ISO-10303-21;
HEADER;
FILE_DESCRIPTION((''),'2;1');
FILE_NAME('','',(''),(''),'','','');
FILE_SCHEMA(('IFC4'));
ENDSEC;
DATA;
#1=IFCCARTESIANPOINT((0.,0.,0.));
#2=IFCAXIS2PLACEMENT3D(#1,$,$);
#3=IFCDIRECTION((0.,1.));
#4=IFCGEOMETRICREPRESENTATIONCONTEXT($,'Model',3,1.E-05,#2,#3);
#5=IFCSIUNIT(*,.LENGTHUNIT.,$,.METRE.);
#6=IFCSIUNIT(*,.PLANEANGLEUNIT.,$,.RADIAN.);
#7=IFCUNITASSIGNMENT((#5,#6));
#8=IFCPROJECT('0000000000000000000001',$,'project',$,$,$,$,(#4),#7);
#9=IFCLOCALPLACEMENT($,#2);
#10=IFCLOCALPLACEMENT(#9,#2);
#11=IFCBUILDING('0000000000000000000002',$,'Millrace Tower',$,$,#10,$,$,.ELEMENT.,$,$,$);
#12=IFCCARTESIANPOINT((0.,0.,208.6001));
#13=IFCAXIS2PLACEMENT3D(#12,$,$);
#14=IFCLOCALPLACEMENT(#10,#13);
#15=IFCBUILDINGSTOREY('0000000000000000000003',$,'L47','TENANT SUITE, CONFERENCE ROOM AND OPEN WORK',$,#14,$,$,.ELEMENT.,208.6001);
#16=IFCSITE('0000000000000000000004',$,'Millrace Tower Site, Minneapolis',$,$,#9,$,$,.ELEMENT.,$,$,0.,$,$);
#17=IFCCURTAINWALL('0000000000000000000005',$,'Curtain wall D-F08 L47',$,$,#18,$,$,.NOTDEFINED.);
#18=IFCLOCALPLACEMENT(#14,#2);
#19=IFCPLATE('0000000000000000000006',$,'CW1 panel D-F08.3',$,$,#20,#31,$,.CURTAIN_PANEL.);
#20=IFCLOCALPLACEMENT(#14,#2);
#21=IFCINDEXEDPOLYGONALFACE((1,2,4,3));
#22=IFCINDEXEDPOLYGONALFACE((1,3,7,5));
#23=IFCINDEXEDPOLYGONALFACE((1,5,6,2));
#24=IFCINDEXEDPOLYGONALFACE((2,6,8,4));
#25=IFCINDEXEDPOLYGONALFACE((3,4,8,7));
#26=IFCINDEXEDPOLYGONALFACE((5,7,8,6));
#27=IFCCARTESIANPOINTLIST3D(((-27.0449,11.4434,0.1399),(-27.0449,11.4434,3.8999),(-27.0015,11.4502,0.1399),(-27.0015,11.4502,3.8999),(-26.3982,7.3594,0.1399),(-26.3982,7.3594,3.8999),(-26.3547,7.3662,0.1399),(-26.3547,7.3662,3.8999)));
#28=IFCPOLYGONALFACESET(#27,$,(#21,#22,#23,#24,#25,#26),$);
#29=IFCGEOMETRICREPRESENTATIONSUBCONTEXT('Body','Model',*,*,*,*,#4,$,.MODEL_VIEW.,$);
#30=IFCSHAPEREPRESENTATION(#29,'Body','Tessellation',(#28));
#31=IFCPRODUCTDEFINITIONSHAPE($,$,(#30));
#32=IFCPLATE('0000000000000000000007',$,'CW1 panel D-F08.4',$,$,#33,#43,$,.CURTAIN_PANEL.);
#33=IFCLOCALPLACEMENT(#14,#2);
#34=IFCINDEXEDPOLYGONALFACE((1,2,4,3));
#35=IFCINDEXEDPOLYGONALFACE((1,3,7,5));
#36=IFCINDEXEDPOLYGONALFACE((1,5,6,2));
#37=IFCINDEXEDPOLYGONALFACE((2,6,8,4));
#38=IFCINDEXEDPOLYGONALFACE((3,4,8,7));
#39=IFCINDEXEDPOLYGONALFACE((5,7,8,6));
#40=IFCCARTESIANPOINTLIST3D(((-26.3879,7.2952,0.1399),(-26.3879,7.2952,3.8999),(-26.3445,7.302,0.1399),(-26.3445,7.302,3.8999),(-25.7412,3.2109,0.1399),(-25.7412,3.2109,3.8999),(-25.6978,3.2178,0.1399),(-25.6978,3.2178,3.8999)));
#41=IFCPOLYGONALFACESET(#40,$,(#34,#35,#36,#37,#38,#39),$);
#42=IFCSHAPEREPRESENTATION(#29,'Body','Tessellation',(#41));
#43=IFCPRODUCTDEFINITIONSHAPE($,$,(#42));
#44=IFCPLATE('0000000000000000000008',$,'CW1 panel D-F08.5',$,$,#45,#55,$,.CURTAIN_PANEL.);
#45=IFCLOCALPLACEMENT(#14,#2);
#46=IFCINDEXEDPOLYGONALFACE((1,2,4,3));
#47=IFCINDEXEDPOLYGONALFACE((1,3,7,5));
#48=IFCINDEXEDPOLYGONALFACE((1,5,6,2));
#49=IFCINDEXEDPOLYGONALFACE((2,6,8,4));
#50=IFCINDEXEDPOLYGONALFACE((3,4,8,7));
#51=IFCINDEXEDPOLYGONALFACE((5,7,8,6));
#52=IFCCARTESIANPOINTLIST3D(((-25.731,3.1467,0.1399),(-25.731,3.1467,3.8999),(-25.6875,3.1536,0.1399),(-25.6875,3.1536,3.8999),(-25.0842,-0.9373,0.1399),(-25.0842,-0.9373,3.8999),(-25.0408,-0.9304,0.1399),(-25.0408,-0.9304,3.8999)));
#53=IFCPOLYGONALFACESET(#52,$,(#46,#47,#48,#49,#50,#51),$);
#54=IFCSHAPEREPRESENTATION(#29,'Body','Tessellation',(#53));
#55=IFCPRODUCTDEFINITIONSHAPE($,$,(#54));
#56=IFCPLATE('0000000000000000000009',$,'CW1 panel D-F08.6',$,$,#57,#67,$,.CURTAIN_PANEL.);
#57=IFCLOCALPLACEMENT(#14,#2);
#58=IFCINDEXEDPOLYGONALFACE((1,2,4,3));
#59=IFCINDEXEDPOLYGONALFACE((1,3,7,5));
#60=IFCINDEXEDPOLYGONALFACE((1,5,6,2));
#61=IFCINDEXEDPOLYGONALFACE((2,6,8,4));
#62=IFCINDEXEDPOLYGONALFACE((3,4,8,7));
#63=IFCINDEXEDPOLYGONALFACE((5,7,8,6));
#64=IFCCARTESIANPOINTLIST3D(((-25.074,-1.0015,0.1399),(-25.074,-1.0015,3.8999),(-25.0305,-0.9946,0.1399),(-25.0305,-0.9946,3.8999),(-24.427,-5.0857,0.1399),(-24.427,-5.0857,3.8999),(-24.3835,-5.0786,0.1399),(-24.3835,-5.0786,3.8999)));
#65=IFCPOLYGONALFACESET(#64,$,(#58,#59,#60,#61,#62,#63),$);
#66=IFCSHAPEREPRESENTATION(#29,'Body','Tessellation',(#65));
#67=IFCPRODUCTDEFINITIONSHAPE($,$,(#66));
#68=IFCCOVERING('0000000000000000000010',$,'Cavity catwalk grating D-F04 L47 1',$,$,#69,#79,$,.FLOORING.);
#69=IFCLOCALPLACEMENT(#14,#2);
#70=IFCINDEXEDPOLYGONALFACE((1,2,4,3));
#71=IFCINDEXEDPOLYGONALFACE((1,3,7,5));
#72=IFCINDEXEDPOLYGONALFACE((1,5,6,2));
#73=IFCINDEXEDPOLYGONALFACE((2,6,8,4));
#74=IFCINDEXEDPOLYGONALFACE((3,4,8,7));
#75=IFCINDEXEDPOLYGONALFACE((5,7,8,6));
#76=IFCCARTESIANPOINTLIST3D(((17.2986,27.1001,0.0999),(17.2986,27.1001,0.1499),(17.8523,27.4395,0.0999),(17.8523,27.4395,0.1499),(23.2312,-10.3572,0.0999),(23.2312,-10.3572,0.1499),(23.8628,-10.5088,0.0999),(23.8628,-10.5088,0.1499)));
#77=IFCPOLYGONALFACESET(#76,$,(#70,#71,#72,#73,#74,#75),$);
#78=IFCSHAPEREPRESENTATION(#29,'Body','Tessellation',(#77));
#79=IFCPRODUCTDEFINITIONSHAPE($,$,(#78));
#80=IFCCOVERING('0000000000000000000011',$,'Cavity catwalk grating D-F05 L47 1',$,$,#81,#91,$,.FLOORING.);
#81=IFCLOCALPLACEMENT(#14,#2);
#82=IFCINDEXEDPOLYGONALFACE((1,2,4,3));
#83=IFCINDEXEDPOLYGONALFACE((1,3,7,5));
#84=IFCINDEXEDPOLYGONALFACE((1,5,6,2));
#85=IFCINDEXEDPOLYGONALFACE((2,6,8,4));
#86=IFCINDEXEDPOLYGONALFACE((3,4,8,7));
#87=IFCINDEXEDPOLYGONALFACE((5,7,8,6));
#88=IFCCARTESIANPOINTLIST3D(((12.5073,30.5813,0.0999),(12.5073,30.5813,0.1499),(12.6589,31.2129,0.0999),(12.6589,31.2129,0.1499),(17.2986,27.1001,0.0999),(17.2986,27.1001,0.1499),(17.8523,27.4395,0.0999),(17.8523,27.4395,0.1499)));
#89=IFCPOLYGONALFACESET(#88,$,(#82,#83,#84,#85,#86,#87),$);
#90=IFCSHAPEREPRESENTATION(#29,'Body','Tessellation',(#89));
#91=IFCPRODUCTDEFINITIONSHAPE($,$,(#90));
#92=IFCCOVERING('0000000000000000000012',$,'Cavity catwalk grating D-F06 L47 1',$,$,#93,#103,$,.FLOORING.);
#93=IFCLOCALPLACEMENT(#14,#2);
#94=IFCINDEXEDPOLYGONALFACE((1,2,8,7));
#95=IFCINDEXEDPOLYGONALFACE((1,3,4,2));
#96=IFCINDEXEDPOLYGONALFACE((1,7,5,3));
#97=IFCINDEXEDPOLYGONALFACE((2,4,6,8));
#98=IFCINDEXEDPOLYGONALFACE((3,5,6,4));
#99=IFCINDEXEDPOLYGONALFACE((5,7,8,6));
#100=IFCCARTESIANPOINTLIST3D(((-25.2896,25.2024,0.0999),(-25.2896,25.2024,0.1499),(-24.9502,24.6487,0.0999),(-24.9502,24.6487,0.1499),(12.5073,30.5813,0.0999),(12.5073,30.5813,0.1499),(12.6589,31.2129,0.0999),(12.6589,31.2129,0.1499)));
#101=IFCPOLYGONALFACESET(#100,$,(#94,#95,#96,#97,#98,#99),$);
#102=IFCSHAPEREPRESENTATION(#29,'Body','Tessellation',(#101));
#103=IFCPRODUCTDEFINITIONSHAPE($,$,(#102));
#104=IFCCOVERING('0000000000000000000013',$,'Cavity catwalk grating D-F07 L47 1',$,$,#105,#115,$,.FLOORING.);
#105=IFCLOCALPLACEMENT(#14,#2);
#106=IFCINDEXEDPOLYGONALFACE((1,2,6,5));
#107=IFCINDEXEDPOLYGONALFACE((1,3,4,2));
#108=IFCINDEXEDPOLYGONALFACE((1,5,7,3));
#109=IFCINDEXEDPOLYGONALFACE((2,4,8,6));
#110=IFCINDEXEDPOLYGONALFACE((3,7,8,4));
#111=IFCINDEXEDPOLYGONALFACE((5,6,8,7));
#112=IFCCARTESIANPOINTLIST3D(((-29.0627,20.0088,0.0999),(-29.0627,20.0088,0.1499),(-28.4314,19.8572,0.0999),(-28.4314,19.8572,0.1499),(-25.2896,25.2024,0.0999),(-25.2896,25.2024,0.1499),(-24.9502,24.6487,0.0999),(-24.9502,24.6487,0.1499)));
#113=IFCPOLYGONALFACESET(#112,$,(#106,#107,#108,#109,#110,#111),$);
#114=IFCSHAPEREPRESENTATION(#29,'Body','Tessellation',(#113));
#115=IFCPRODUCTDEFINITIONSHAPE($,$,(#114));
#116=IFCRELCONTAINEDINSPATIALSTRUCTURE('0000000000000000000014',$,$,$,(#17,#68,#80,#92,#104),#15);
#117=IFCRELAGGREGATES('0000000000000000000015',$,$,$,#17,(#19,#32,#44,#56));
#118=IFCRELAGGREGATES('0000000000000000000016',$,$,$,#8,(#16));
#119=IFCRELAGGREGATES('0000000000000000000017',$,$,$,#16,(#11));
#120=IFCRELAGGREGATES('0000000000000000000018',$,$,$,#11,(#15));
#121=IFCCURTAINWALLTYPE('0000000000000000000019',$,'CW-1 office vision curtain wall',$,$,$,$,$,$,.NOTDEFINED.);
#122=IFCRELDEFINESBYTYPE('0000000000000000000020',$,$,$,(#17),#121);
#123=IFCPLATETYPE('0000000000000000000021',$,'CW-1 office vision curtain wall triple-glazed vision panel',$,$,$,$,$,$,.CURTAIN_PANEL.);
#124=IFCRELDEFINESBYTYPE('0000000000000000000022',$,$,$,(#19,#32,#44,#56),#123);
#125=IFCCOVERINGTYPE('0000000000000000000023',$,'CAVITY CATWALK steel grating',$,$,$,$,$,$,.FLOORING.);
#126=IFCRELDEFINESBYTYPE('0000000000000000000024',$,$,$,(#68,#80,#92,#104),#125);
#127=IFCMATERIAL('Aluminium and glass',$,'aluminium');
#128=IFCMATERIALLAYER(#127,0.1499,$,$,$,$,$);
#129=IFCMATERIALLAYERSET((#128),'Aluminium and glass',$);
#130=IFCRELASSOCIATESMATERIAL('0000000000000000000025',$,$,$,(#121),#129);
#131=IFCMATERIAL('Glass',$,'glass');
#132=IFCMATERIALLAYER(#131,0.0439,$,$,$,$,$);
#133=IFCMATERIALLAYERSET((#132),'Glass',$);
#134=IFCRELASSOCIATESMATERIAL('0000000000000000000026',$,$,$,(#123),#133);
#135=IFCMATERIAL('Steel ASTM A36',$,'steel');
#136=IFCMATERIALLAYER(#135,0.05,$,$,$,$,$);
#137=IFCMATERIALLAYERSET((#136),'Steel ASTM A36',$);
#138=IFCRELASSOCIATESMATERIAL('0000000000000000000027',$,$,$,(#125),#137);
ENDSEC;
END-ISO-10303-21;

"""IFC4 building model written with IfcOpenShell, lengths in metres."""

from ifc_helpers import new_model, si_unit, direction, frame, origin, place, context, subcontext, project, spatial, polyline, outline, extrude, material, layer, layer_set, type_object, element, aggregate, save


model = new_model("IFC4")

# Units and contexts
model_context = context("Model", 3, precision=1e-05, world=origin(), true_north=direction((0.0, 1.0)))
body_context = subcontext(model_context, "Body", "Model", "MODEL_VIEW")
ifc_project = project(units=[si_unit("LENGTHUNIT", "METRE"), si_unit("PLANEANGLEUNIT", "RADIAN")], contexts=[model_context])

# Site, building, storey
site_placement = place(None, origin())
site = spatial("IfcSite", under=ifc_project, at=site_placement, Name="Millrace Tower Site, Minneapolis", CompositionType="ELEMENT", RefElevation=0.0)
building_placement = place(site_placement, origin())
building = spatial("IfcBuilding", under=site, at=building_placement, Name="Millrace Tower", CompositionType="ELEMENT")
storey_placement = place(building_placement, frame((0.0, 0.0, 208.6001)))
storey = spatial("IfcBuildingStorey", under=building, at=storey_placement, Name="L47", Description="TENANT SUITE, CONFERENCE ROOM AND OPEN WORK", CompositionType="ELEMENT", Elevation=208.6001)

# Shared definitions
ifc_material_1 = material(Name="Aluminium and glass", Category="aluminium")
ifc_layer_1 = layer(ifc_material_1, 0.1499)
ifc_layer_set_1 = layer_set([ifc_layer_1], Name="Aluminium and glass")
curtain_wall_type = type_object("IfcCurtainWallType", Name="CW-1 office vision curtain wall", PredefinedType="NOTDEFINED", material=ifc_layer_set_1)
placement_1 = place(storey_placement, origin())
ifc_material_2 = material(Name="Glass", Category="glass")
ifc_layer_2 = layer(ifc_material_2, 0.0439)
ifc_layer_set_2 = layer_set([ifc_layer_2], Name="Glass")
plate_type = type_object("IfcPlateType", Name="CW-1 office vision curtain wall triple-glazed vision panel", PredefinedType="CURTAIN_PANEL", material=ifc_layer_set_2)
placement_2 = place(storey_placement, frame((0.0, 0.0, 0.1399)))

# Curtain wall, plates
curtain_wall_1 = element("IfcCurtainWall", 1, at=placement_1, inside=storey, type_object=curtain_wall_type, Name="Curtain wall D-F08 L47", PredefinedType="NOTDEFINED")
plate_1 = element("IfcPlate", 2, at=placement_2, type_object=plate_type, Name="CW1 panel D-F08.3", PredefinedType="CURTAIN_PANEL", context=body_context, shape_type="SweptSolid", body=[
    extrude(outline(polyline([(-27.0449, 11.4434), (-26.3982, 7.3594), (-26.3547, 7.3662), (-27.0015, 11.4502), (-27.0449, 11.4434)])), origin(), (0.0, 0.0, 1.0), 3.76),
])
plate_2 = element("IfcPlate", 3, at=placement_2, type_object=plate_type, Name="CW1 panel D-F08.4", PredefinedType="CURTAIN_PANEL", context=body_context, shape_type="SweptSolid", body=[
    extrude(outline(polyline([(-26.3879, 7.2952), (-25.7412, 3.2109), (-25.6978, 3.2178), (-26.3445, 7.302), (-26.3879, 7.2952)])), origin(), (0.0, 0.0, 1.0), 3.76),
])
plate_3 = element("IfcPlate", 4, at=placement_2, type_object=plate_type, Name="CW1 panel D-F08.5", PredefinedType="CURTAIN_PANEL", context=body_context, shape_type="SweptSolid", body=[
    extrude(outline(polyline([(-25.731, 3.1467), (-25.0842, -0.9373), (-25.0408, -0.9304), (-25.6875, 3.1536), (-25.731, 3.1467)])), origin(), (0.0, 0.0, 1.0), 3.76),
])
plate_4 = element("IfcPlate", 5, at=placement_2, type_object=plate_type, Name="CW1 panel D-F08.6", PredefinedType="CURTAIN_PANEL", context=body_context, shape_type="SweptSolid", body=[
    extrude(outline(polyline([(-25.074, -1.0015), (-24.427, -5.0857), (-24.3835, -5.0786), (-25.0305, -0.9946), (-25.074, -1.0015)])), origin(), (0.0, 0.0, 1.0), 3.76),
])
aggregate(curtain_wall_1, [plate_1, plate_2, plate_3, plate_4])

# Coverings
ifc_material_3 = material(Name="Steel ASTM A36", Category="steel")
ifc_layer_3 = layer(ifc_material_3, 0.05)
ifc_layer_set_3 = layer_set([ifc_layer_3], Name="Steel ASTM A36")
covering_type = type_object("IfcCoveringType", Name="CAVITY CATWALK steel grating", PredefinedType="FLOORING", material=ifc_layer_set_3)
placement_3 = place(storey_placement, frame((0.0, 0.0, 0.0999)))
element("IfcCovering", 6, at=placement_3, inside=storey, type_object=covering_type, Name="Cavity catwalk grating D-F04 L47 1", PredefinedType="FLOORING", context=body_context, shape_type="SweptSolid", body=[
    extrude(outline(polyline([(23.8628, -10.5088), (17.8523, 27.4395), (17.2986, 27.1001), (23.2312, -10.3572), (23.8628, -10.5088)])), origin(), (0.0, 0.0, 1.0), 0.05),
])
element("IfcCovering", 7, at=placement_3, inside=storey, type_object=covering_type, Name="Cavity catwalk grating D-F05 L47 1", PredefinedType="FLOORING", context=body_context, shape_type="SweptSolid", body=[
    extrude(outline(polyline([(17.8523, 27.4395), (12.6589, 31.2129), (12.5073, 30.5813), (17.2986, 27.1001), (17.8523, 27.4395)])), origin(), (0.0, 0.0, 1.0), 0.05),
])
element("IfcCovering", 8, at=placement_3, inside=storey, type_object=covering_type, Name="Cavity catwalk grating D-F06 L47 1", PredefinedType="FLOORING", context=body_context, shape_type="SweptSolid", body=[
    extrude(outline(polyline([(12.6589, 31.2129), (-25.2896, 25.2024), (-24.9502, 24.6487), (12.5073, 30.5813), (12.6589, 31.2129)])), origin(), (0.0, 0.0, 1.0), 0.05),
])
element("IfcCovering", 9, at=placement_3, inside=storey, type_object=covering_type, Name="Cavity catwalk grating D-F07 L47 1", PredefinedType="FLOORING", context=body_context, shape_type="SweptSolid", body=[
    extrude(outline(polyline([(-25.2896, 25.2024), (-29.0627, 20.0088), (-28.4314, 19.8572), (-24.9502, 24.6487), (-25.2896, 25.2024)])), origin(), (0.0, 0.0, 1.0), 0.05),
])

save(model, "model.ifc")
